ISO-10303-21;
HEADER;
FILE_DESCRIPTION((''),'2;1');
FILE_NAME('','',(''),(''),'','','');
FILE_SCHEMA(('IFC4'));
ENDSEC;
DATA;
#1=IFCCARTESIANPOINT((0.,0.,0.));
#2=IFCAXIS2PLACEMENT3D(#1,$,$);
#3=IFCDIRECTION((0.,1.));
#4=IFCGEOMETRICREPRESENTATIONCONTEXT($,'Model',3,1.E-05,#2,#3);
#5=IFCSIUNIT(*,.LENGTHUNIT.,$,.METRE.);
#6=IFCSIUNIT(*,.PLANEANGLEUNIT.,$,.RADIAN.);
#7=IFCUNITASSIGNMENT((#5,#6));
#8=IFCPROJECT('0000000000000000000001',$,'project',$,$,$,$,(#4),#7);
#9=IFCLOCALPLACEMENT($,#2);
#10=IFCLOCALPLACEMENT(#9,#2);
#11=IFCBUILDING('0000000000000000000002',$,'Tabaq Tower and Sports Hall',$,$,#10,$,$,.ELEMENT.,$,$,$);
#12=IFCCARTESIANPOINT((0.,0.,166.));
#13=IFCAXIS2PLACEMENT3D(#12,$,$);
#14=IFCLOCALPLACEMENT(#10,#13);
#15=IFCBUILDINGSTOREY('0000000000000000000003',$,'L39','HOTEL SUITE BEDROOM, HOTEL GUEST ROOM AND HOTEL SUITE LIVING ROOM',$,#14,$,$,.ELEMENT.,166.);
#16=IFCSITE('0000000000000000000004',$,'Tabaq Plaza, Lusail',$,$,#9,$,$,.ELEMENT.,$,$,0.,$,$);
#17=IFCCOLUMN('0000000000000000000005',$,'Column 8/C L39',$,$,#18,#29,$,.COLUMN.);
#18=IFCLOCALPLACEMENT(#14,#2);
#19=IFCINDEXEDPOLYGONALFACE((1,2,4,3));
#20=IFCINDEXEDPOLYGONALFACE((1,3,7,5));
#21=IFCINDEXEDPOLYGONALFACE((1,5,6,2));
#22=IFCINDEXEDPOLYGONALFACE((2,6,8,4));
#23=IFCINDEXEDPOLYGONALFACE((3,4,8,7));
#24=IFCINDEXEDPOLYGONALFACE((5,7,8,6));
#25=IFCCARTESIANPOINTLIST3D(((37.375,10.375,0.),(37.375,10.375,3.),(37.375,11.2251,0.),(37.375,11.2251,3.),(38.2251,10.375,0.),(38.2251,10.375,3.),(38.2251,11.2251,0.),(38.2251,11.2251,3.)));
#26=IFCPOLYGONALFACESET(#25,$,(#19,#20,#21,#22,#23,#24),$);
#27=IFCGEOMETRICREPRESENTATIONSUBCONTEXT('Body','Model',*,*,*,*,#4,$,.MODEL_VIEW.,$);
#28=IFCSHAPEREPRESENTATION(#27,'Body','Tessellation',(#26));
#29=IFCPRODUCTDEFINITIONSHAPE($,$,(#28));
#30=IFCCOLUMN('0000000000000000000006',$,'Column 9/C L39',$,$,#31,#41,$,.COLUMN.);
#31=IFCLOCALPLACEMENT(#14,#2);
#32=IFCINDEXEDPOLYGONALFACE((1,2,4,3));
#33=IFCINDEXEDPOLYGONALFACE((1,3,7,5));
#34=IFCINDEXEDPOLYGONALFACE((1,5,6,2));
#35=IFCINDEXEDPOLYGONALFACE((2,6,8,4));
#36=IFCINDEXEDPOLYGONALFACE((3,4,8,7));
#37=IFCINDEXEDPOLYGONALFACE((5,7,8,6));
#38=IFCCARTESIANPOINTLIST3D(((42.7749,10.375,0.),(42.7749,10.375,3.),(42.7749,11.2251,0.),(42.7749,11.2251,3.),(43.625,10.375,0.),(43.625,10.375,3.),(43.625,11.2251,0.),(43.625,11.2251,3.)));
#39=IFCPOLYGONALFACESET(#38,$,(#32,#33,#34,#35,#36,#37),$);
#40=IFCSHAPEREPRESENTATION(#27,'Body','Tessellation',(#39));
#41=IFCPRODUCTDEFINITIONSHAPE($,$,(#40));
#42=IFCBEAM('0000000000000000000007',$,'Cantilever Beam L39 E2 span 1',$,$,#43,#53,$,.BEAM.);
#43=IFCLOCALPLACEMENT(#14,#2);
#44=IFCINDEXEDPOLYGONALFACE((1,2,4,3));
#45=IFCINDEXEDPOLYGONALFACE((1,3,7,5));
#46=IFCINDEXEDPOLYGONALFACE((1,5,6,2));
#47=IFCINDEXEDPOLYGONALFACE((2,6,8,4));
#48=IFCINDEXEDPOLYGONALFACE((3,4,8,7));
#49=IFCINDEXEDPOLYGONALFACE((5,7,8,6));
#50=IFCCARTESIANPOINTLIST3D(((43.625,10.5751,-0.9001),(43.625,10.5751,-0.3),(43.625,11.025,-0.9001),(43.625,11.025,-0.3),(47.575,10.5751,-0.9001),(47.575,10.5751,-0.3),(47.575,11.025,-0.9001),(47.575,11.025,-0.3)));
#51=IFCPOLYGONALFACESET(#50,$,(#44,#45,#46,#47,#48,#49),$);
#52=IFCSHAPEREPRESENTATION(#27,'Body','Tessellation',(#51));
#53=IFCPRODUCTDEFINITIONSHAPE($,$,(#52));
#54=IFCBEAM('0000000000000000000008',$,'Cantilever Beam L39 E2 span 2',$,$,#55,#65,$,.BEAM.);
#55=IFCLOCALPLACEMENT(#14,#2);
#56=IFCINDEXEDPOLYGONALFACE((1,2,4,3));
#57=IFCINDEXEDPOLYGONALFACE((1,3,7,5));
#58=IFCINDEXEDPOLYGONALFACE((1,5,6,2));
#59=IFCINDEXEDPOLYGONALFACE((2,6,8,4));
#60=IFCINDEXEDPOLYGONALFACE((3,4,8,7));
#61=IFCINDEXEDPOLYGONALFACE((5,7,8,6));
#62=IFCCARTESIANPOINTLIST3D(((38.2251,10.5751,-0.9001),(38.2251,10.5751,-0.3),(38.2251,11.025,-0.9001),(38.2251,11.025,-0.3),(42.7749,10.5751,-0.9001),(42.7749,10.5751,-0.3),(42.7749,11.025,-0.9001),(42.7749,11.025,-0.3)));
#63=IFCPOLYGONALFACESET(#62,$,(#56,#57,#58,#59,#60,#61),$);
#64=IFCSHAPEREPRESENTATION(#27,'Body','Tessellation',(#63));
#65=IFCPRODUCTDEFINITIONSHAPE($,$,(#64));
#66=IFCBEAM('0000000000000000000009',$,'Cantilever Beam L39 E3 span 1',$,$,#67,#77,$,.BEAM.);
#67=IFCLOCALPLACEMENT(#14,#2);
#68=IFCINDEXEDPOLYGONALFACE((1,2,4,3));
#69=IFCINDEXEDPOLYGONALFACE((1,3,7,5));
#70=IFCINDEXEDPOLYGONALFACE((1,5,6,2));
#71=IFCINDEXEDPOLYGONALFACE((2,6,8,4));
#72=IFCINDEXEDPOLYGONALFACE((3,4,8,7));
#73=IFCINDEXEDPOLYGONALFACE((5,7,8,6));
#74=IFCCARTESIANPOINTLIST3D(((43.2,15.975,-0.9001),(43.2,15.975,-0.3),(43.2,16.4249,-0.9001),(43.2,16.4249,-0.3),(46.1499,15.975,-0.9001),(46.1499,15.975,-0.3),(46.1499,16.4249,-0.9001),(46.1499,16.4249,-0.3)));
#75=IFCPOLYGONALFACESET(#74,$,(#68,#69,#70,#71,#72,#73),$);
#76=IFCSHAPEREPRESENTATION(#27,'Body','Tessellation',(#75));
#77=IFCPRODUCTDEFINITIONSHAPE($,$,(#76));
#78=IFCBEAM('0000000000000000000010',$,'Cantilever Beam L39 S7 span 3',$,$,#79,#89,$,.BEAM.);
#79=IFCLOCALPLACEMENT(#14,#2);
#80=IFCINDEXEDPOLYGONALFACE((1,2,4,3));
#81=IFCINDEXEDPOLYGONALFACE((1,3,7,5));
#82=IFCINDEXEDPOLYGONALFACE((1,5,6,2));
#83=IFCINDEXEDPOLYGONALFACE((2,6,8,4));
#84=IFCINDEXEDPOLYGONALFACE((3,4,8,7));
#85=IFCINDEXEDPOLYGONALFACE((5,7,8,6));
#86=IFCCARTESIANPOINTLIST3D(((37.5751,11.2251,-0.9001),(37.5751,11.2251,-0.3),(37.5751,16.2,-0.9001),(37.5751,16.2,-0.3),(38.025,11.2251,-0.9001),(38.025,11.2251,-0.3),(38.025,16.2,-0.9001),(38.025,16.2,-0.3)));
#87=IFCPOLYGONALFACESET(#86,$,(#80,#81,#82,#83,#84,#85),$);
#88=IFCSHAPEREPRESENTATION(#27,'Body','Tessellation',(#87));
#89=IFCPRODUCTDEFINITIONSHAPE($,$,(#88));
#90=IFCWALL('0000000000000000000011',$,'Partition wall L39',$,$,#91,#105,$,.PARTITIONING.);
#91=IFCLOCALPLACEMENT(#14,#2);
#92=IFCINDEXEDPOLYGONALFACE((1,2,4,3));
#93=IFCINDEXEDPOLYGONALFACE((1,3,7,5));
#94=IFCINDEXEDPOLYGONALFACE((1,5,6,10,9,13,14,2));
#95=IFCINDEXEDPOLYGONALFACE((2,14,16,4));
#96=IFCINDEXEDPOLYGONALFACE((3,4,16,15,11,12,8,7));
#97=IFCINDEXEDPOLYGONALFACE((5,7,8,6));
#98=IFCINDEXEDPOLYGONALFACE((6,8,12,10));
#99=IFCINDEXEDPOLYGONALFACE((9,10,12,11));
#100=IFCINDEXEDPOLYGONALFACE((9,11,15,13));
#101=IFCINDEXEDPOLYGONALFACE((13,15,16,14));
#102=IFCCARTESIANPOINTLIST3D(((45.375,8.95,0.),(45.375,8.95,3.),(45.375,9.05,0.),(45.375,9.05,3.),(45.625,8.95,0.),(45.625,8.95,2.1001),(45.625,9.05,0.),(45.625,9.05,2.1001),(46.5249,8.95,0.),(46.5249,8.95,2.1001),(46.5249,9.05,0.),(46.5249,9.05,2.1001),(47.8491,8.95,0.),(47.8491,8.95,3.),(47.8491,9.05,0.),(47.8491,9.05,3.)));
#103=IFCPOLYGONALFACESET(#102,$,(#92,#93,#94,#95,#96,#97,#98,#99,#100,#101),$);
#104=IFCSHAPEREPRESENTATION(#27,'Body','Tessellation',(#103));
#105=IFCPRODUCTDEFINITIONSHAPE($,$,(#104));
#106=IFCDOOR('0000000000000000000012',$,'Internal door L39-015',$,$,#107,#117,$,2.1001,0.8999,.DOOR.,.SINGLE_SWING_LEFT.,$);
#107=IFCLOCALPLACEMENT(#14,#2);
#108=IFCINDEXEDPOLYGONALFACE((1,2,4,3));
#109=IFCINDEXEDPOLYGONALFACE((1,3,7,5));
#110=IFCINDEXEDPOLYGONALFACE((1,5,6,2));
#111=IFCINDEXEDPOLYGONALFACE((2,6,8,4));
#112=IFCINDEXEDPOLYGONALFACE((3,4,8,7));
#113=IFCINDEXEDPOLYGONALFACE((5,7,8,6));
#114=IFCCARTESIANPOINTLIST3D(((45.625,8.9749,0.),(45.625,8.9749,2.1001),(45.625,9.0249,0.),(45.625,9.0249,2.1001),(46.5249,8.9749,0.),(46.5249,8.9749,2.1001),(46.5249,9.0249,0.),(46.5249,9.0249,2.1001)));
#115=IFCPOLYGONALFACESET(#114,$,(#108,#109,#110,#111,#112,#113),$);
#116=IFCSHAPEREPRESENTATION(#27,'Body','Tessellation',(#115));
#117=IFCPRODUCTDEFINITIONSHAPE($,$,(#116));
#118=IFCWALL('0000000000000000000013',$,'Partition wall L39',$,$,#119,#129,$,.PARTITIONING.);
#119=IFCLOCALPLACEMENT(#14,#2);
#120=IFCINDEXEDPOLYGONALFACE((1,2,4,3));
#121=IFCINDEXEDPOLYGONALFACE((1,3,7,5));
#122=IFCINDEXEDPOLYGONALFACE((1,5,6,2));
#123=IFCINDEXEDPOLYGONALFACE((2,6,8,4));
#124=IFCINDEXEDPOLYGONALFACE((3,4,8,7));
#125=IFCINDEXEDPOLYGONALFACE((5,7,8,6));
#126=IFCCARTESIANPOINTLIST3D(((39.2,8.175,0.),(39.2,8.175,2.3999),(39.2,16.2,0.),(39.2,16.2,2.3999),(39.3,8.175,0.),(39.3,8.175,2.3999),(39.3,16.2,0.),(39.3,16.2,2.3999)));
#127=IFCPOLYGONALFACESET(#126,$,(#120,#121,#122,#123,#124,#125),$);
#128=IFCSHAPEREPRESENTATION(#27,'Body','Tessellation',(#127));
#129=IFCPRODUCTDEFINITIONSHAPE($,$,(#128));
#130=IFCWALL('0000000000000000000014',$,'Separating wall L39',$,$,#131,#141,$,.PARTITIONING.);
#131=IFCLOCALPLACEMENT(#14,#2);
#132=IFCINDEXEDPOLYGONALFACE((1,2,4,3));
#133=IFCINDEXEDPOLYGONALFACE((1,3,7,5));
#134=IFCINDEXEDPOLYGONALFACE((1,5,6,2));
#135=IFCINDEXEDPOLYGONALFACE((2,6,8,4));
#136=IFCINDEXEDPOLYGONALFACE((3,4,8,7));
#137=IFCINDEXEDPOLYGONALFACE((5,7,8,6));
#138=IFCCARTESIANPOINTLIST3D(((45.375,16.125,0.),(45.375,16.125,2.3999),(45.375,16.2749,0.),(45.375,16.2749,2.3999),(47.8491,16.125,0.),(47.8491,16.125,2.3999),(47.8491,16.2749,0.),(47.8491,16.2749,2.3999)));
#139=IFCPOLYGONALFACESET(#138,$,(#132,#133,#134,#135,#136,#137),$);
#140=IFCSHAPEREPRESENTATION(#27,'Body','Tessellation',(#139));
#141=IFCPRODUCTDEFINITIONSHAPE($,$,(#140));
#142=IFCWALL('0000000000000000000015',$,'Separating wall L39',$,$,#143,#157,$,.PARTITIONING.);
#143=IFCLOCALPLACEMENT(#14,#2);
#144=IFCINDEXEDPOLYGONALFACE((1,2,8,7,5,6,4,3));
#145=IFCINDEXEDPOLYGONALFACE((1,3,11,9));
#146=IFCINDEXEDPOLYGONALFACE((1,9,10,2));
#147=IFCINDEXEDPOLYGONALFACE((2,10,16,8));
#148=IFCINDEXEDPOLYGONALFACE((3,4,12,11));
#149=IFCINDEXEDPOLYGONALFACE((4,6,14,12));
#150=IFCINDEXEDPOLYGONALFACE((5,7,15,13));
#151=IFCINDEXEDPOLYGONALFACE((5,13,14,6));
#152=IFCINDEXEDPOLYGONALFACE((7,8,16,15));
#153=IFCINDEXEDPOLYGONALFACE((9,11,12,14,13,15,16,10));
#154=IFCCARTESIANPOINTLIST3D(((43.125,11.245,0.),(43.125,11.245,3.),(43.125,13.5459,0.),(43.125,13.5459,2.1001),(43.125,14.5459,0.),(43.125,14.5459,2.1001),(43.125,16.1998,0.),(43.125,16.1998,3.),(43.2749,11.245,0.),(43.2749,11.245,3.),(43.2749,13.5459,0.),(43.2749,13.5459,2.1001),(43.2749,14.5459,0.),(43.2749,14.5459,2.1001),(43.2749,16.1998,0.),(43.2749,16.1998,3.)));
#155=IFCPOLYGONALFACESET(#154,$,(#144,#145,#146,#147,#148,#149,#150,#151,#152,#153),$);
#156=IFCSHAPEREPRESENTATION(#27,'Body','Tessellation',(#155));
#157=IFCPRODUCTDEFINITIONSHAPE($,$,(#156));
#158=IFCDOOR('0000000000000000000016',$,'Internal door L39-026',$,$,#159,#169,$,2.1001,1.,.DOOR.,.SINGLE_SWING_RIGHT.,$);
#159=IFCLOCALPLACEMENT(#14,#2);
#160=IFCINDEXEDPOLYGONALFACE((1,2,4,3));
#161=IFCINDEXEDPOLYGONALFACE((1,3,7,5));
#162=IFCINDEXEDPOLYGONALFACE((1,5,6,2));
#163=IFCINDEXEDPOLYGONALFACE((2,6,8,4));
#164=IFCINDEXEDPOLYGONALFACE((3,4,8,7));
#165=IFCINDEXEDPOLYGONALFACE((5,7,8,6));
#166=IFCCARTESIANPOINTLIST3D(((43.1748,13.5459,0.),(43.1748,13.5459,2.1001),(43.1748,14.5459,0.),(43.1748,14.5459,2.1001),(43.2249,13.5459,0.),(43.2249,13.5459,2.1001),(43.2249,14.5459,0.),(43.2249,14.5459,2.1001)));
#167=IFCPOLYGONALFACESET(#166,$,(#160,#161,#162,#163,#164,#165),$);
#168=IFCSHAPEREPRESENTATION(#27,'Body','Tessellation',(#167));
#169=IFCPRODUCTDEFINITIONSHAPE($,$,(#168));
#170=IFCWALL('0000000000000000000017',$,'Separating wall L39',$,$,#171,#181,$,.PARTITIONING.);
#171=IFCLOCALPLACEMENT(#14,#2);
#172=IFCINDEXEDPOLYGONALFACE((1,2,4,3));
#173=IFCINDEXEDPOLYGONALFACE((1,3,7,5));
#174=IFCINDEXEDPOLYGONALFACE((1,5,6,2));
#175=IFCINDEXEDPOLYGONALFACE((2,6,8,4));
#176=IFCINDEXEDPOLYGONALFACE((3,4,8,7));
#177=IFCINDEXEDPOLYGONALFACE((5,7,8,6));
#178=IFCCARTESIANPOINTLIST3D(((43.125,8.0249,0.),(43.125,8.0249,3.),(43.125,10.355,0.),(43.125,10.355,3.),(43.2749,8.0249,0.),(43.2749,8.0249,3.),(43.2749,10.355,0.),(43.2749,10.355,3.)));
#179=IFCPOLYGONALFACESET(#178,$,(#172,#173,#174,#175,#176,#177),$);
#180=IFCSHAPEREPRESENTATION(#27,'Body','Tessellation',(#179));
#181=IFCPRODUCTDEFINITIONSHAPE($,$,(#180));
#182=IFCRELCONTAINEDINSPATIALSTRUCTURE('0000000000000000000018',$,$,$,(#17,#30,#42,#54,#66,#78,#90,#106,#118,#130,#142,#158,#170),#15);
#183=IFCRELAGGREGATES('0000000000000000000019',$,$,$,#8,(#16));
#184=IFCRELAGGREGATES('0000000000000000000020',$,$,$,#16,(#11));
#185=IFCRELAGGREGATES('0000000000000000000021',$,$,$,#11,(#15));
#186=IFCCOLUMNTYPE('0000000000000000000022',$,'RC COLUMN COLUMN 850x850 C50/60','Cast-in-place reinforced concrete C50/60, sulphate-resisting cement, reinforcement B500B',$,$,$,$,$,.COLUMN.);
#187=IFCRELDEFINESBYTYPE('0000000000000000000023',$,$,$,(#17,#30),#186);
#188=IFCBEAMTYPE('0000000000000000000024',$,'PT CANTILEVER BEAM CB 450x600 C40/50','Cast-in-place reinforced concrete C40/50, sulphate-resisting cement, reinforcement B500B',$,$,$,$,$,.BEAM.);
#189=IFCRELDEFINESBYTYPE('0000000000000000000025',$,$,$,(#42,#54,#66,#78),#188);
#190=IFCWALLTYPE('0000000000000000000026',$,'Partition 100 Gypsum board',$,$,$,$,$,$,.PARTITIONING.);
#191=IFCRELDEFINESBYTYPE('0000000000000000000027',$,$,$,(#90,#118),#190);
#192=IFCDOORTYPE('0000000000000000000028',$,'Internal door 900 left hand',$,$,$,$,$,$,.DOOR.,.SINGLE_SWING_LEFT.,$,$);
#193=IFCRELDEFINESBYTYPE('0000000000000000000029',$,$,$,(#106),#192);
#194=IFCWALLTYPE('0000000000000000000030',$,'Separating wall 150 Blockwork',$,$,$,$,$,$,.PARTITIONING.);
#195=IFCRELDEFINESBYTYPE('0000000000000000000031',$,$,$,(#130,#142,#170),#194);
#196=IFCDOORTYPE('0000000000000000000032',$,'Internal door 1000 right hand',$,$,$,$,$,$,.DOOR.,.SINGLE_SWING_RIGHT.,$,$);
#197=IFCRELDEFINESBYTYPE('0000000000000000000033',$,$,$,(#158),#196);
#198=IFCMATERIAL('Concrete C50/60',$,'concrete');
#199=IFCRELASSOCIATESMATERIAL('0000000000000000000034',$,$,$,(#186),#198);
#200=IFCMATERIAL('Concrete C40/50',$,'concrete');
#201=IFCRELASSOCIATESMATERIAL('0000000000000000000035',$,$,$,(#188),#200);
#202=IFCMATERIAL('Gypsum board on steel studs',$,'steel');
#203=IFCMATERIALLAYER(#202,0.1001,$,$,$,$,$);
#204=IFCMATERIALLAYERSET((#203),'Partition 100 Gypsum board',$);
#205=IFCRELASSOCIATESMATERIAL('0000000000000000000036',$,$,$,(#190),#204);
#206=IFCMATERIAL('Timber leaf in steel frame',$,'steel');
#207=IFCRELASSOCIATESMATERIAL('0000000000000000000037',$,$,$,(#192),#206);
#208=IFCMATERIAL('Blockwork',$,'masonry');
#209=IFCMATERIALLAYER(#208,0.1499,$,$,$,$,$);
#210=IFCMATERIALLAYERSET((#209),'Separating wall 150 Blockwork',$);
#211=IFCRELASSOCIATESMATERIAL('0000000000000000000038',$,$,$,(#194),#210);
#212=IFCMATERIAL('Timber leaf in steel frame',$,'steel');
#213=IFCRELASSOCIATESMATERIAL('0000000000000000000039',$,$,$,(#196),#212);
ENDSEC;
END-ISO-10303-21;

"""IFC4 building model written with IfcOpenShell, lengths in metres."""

from ifc_helpers import new_model, si_unit, direction, frame, frame_2d, origin, origin_2d, place, context, subcontext, project, spatial, rectangle, extrude, material, layer, layer_set, material_profile, profile_set, type_object, element, fill, save


model = new_model("IFC4")

# Units and contexts
model_context = context("Model", 3, precision=1e-05, world=origin(), true_north=direction((0.0, 1.0)))
body_context = subcontext(model_context, "Body", "Model", "MODEL_VIEW")
ifc_project = project(units=[si_unit("LENGTHUNIT", "METRE"), si_unit("PLANEANGLEUNIT", "RADIAN")], contexts=[model_context])

# Site, building, storey
site_placement = place(None, origin())
site = spatial("IfcSite", under=ifc_project, at=site_placement, Name="Tabaq Plaza, Lusail", CompositionType="ELEMENT", RefElevation=0.0)
building_placement = place(site_placement, origin())
building = spatial("IfcBuilding", under=site, at=building_placement, Name="Tabaq Tower and Sports Hall", CompositionType="ELEMENT")
storey_placement = place(building_placement, frame((0.0, 0.0, 166.0)))
storey = spatial("IfcBuildingStorey", under=building, at=storey_placement, Name="L39", Description="HOTEL SUITE BEDROOM, HOTEL GUEST ROOM AND HOTEL SUITE LIVING ROOM", CompositionType="ELEMENT", Elevation=166.0)

# Columns
ifc_material_1 = material(Name="Concrete C50/60", Category="concrete")
ifc_material_profile_1 = material_profile(ifc_material_1, rectangle(XDim=0.8501, YDim=0.8501, at=origin_2d()), Name="COLUMN 850x850")
ifc_profile_set_1 = profile_set([ifc_material_profile_1], Name="Concrete C50/60")
column_type = type_object("IfcColumnType", Name="RC COLUMN COLUMN 850x850 C50/60", Description="Cast-in-place reinforced concrete C50/60, sulphate-resisting cement, reinforcement B500B", PredefinedType="COLUMN", material=ifc_profile_set_1)
for number, where, z_axis, x_axis, name in (
    (1, (37.8, 10.8, 0.0), (0.0, 0.0, 1.0), (1.0, 0.0, 0.0), "Column 8/C L39"),
    (2, (43.2, 10.8, 0.0), (0.0, 0.0, 1.0), (1.0, 0.0, 0.0), "Column 9/C L39"),
):
    element("IfcColumn", number, at=place(storey_placement, frame(where, z_axis=z_axis, x_axis=x_axis)), inside=storey, type_object=column_type, Name=name, PredefinedType="COLUMN", context=body_context, shape_type="SweptSolid", body=[
        extrude(rectangle(XDim=0.8501, YDim=0.8501, at=origin_2d()), origin(), (0.0, 0.0, 1.0), 3.0),
    ])

# Beams
ifc_material_2 = material(Name="Concrete C40/50", Category="concrete")
ifc_material_profile_2 = material_profile(ifc_material_2, rectangle(XDim=0.45, YDim=0.6001, at=origin_2d()), Name="CB 450x600")
ifc_profile_set_2 = profile_set([ifc_material_profile_2], Name="Concrete C40/50")
beam_type = type_object("IfcBeamType", Name="PT CANTILEVER BEAM CB 450x600 C40/50", Description="Cast-in-place reinforced concrete C40/50, sulphate-resisting cement, reinforcement B500B", PredefinedType="BEAM", material=ifc_profile_set_2)
beam_1_placement = place(storey_placement, frame((47.575, 10.8, -0.6001), z_axis=(-1.0, 0.0, 0.0), x_axis=(0.0, -1.0, 0.0)))
element("IfcBeam", 3, at=beam_1_placement, inside=storey, type_object=beam_type, Name="Cantilever Beam L39 E2 span 1", PredefinedType="BEAM", context=body_context, shape_type="SweptSolid", body=[
    extrude(rectangle(XDim=0.45, YDim=0.6001, at=origin_2d()), origin(), (0.0, 0.0, 1.0), 3.95),
])
beam_2_placement = place(storey_placement, frame((42.7749, 10.8, -0.6001), z_axis=(-1.0, 0.0, 0.0), x_axis=(0.0, -1.0, 0.0)))
element("IfcBeam", 4, at=beam_2_placement, inside=storey, type_object=beam_type, Name="Cantilever Beam L39 E2 span 2", PredefinedType="BEAM", context=body_context, shape_type="SweptSolid", body=[
    extrude(rectangle(XDim=0.45, YDim=0.6001, at=origin_2d()), origin(), (0.0, 0.0, 1.0), 4.5498),
])
beam_3_placement = place(storey_placement, frame((46.1499, 16.2, -0.6001), z_axis=(-1.0, 0.0, 0.0), x_axis=(0.0, -1.0, 0.0)))
element("IfcBeam", 5, at=beam_3_placement, inside=storey, type_object=beam_type, Name="Cantilever Beam L39 E3 span 1", PredefinedType="BEAM", context=body_context, shape_type="SweptSolid", body=[
    extrude(rectangle(XDim=0.45, YDim=0.6001, at=origin_2d()), origin(), (0.0, 0.0, 1.0), 2.95),
])
beam_4_placement = place(storey_placement, frame((37.8, 11.2251, -0.6001), z_axis=(0.0, 1.0, 0.0), x_axis=(-1.0, 0.0, 0.0)))
element("IfcBeam", 6, at=beam_4_placement, inside=storey, type_object=beam_type, Name="Cantilever Beam L39 S7 span 3", PredefinedType="BEAM", context=body_context, shape_type="SweptSolid", body=[
    extrude(rectangle(XDim=0.45, YDim=0.6001, at=origin_2d()), origin(), (0.0, 0.0, 1.0), 4.9749),
])

# Wall, opening, door
ifc_material_3 = material(Name="Gypsum board on steel studs", Category="steel")
ifc_layer_1 = layer(ifc_material_3, 0.1001)
ifc_layer_set_1 = layer_set([ifc_layer_1], Name="Partition 100 Gypsum board")
wall_type_1 = type_object("IfcWallType", Name="Partition 100 Gypsum board", PredefinedType="PARTITIONING", material=ifc_layer_set_1)
wall_1_placement = place(storey_placement, frame((45.375, 9.0, 0.0), z_axis=(0.0, 0.0, 1.0), x_axis=(1.0, 0.0, 0.0)))
wall_1 = element("IfcWall", 7, at=wall_1_placement, inside=storey, type_object=wall_type_1, Name="Partition wall L39", PredefinedType="PARTITIONING", context=body_context, shape_type="SweptSolid", body=[
    extrude(rectangle(XDim=2.4741, YDim=0.1001, at=frame_2d((1.2371, 0.0))), origin(), (0.0, 0.0, 1.0), 3.0),
])
opening_1_placement = place(wall_1_placement, frame((0.25, 0.0, 0.0)))
opening_1 = element("IfcOpeningElement", 8, at=opening_1_placement, cuts=wall_1, PredefinedType="OPENING", context=body_context, shape_type="SweptSolid", body=[
    extrude(rectangle(XDim=0.8999, YDim=2.1001, at=frame_2d((0.45, 1.05))), frame((0.0, 0.05, 0.0), z_axis=(0.0, -1.0, 0.0), x_axis=(1.0, 0.0, 0.0)), (0.0, 0.0, 1.0), 0.1001),
])
ifc_material_4 = material(Name="Timber leaf in steel frame", Category="steel")
door_type_1 = type_object("IfcDoorType", Name="Internal door 900 left hand", OperationType="SINGLE_SWING_LEFT", PredefinedType="DOOR", material=ifc_material_4)
door_1_placement = place(opening_1_placement, origin())
door_1 = element("IfcDoor", 9, at=door_1_placement, inside=storey, type_object=door_type_1, Name="Internal door L39-015", OperationType="SINGLE_SWING_LEFT", OverallHeight=2.1001, OverallWidth=0.8999, PredefinedType="DOOR", context=body_context, shape_type="SweptSolid", body=[
    extrude(rectangle(XDim=0.8999, YDim=2.1001, at=frame_2d((0.45, 1.05))), frame((0.0, 0.0249, 0.0), z_axis=(0.0, -1.0, 0.0), x_axis=(1.0, 0.0, 0.0)), (0.0, 0.0, 1.0), 0.05),
])
fill(opening_1, door_1)

# Walls
wall_2_placement = place(storey_placement, frame((39.25, 8.175, 0.0), z_axis=(0.0, 0.0, 1.0), x_axis=(0.0, 1.0, 0.0)))
element("IfcWall", 10, at=wall_2_placement, inside=storey, type_object=wall_type_1, Name="Partition wall L39", PredefinedType="PARTITIONING", context=body_context, shape_type="SweptSolid", body=[
    extrude(rectangle(XDim=8.0249, YDim=0.1001, at=frame_2d((4.0125, 0.0))), origin(), (0.0, 0.0, 1.0), 2.3999),
])
ifc_material_5 = material(Name="Blockwork", Category="masonry")
ifc_layer_2 = layer(ifc_material_5, 0.1499)
ifc_layer_set_2 = layer_set([ifc_layer_2], Name="Separating wall 150 Blockwork")
wall_type_2 = type_object("IfcWallType", Name="Separating wall 150 Blockwork", PredefinedType="PARTITIONING", material=ifc_layer_set_2)
wall_3_placement = place(storey_placement, frame((47.8491, 16.2, 0.0), z_axis=(0.0, 0.0, 1.0), x_axis=(-1.0, 0.0, 0.0)))
element("IfcWall", 11, at=wall_3_placement, inside=storey, type_object=wall_type_2, Name="Separating wall L39", PredefinedType="PARTITIONING", context=body_context, shape_type="SweptSolid", body=[
    extrude(rectangle(XDim=2.4741, YDim=0.1499, at=frame_2d((1.2371, 0.0))), origin(), (0.0, 0.0, 1.0), 2.3999),
])

# Wall, opening, door
wall_4_placement = place(storey_placement, frame((43.2, 16.2, 0.0), z_axis=(0.0, 0.0, 1.0), x_axis=(0.0, -1.0, 0.0)))
wall_4 = element("IfcWall", 12, at=wall_4_placement, inside=storey, type_object=wall_type_2, Name="Separating wall L39", PredefinedType="PARTITIONING", context=body_context, shape_type="SweptSolid", body=[
    extrude(rectangle(XDim=4.9548, YDim=0.1499, at=frame_2d((2.4775, 0.0))), origin(), (0.0, 0.0, 1.0), 3.0),
])
opening_2_placement = place(wall_4_placement, frame((1.6541, 0.0, 0.0)))
opening_2 = element("IfcOpeningElement", 13, at=opening_2_placement, cuts=wall_4, PredefinedType="OPENING", context=body_context, shape_type="SweptSolid", body=[
    extrude(rectangle(XDim=1.0, YDim=2.1001, at=frame_2d((0.5, 1.05))), frame((0.0, 0.075, 0.0), z_axis=(0.0, -1.0, 0.0), x_axis=(1.0, 0.0, 0.0)), (0.0, 0.0, 1.0), 0.1499),
])
ifc_material_6 = material(Name="Timber leaf in steel frame", Category="steel")
door_type_2 = type_object("IfcDoorType", Name="Internal door 1000 right hand", OperationType="SINGLE_SWING_RIGHT", PredefinedType="DOOR", material=ifc_material_6)
door_2_placement = place(opening_2_placement, origin())
door_2 = element("IfcDoor", 14, at=door_2_placement, inside=storey, type_object=door_type_2, Name="Internal door L39-026", OperationType="SINGLE_SWING_RIGHT", OverallHeight=2.1001, OverallWidth=1.0, PredefinedType="DOOR", context=body_context, shape_type="SweptSolid", body=[
    extrude(rectangle(XDim=1.0, YDim=2.1001, at=frame_2d((0.5, 1.05))), frame((0.0, 0.0249, 0.0), z_axis=(0.0, -1.0, 0.0), x_axis=(1.0, 0.0, 0.0)), (0.0, 0.0, 1.0), 0.05),
])
fill(opening_2, door_2)

# Wall
wall_5_placement = place(storey_placement, frame((43.2, 10.355, 0.0), z_axis=(0.0, 0.0, 1.0), x_axis=(0.0, -1.0, 0.0)))
element("IfcWall", 15, at=wall_5_placement, inside=storey, type_object=wall_type_2, Name="Separating wall L39", PredefinedType="PARTITIONING", context=body_context, shape_type="SweptSolid", body=[
    extrude(rectangle(XDim=2.3301, YDim=0.1499, at=frame_2d((1.165, 0.0))), origin(), (0.0, 0.0, 1.0), 3.0),
])

save(model, "model.ifc")
